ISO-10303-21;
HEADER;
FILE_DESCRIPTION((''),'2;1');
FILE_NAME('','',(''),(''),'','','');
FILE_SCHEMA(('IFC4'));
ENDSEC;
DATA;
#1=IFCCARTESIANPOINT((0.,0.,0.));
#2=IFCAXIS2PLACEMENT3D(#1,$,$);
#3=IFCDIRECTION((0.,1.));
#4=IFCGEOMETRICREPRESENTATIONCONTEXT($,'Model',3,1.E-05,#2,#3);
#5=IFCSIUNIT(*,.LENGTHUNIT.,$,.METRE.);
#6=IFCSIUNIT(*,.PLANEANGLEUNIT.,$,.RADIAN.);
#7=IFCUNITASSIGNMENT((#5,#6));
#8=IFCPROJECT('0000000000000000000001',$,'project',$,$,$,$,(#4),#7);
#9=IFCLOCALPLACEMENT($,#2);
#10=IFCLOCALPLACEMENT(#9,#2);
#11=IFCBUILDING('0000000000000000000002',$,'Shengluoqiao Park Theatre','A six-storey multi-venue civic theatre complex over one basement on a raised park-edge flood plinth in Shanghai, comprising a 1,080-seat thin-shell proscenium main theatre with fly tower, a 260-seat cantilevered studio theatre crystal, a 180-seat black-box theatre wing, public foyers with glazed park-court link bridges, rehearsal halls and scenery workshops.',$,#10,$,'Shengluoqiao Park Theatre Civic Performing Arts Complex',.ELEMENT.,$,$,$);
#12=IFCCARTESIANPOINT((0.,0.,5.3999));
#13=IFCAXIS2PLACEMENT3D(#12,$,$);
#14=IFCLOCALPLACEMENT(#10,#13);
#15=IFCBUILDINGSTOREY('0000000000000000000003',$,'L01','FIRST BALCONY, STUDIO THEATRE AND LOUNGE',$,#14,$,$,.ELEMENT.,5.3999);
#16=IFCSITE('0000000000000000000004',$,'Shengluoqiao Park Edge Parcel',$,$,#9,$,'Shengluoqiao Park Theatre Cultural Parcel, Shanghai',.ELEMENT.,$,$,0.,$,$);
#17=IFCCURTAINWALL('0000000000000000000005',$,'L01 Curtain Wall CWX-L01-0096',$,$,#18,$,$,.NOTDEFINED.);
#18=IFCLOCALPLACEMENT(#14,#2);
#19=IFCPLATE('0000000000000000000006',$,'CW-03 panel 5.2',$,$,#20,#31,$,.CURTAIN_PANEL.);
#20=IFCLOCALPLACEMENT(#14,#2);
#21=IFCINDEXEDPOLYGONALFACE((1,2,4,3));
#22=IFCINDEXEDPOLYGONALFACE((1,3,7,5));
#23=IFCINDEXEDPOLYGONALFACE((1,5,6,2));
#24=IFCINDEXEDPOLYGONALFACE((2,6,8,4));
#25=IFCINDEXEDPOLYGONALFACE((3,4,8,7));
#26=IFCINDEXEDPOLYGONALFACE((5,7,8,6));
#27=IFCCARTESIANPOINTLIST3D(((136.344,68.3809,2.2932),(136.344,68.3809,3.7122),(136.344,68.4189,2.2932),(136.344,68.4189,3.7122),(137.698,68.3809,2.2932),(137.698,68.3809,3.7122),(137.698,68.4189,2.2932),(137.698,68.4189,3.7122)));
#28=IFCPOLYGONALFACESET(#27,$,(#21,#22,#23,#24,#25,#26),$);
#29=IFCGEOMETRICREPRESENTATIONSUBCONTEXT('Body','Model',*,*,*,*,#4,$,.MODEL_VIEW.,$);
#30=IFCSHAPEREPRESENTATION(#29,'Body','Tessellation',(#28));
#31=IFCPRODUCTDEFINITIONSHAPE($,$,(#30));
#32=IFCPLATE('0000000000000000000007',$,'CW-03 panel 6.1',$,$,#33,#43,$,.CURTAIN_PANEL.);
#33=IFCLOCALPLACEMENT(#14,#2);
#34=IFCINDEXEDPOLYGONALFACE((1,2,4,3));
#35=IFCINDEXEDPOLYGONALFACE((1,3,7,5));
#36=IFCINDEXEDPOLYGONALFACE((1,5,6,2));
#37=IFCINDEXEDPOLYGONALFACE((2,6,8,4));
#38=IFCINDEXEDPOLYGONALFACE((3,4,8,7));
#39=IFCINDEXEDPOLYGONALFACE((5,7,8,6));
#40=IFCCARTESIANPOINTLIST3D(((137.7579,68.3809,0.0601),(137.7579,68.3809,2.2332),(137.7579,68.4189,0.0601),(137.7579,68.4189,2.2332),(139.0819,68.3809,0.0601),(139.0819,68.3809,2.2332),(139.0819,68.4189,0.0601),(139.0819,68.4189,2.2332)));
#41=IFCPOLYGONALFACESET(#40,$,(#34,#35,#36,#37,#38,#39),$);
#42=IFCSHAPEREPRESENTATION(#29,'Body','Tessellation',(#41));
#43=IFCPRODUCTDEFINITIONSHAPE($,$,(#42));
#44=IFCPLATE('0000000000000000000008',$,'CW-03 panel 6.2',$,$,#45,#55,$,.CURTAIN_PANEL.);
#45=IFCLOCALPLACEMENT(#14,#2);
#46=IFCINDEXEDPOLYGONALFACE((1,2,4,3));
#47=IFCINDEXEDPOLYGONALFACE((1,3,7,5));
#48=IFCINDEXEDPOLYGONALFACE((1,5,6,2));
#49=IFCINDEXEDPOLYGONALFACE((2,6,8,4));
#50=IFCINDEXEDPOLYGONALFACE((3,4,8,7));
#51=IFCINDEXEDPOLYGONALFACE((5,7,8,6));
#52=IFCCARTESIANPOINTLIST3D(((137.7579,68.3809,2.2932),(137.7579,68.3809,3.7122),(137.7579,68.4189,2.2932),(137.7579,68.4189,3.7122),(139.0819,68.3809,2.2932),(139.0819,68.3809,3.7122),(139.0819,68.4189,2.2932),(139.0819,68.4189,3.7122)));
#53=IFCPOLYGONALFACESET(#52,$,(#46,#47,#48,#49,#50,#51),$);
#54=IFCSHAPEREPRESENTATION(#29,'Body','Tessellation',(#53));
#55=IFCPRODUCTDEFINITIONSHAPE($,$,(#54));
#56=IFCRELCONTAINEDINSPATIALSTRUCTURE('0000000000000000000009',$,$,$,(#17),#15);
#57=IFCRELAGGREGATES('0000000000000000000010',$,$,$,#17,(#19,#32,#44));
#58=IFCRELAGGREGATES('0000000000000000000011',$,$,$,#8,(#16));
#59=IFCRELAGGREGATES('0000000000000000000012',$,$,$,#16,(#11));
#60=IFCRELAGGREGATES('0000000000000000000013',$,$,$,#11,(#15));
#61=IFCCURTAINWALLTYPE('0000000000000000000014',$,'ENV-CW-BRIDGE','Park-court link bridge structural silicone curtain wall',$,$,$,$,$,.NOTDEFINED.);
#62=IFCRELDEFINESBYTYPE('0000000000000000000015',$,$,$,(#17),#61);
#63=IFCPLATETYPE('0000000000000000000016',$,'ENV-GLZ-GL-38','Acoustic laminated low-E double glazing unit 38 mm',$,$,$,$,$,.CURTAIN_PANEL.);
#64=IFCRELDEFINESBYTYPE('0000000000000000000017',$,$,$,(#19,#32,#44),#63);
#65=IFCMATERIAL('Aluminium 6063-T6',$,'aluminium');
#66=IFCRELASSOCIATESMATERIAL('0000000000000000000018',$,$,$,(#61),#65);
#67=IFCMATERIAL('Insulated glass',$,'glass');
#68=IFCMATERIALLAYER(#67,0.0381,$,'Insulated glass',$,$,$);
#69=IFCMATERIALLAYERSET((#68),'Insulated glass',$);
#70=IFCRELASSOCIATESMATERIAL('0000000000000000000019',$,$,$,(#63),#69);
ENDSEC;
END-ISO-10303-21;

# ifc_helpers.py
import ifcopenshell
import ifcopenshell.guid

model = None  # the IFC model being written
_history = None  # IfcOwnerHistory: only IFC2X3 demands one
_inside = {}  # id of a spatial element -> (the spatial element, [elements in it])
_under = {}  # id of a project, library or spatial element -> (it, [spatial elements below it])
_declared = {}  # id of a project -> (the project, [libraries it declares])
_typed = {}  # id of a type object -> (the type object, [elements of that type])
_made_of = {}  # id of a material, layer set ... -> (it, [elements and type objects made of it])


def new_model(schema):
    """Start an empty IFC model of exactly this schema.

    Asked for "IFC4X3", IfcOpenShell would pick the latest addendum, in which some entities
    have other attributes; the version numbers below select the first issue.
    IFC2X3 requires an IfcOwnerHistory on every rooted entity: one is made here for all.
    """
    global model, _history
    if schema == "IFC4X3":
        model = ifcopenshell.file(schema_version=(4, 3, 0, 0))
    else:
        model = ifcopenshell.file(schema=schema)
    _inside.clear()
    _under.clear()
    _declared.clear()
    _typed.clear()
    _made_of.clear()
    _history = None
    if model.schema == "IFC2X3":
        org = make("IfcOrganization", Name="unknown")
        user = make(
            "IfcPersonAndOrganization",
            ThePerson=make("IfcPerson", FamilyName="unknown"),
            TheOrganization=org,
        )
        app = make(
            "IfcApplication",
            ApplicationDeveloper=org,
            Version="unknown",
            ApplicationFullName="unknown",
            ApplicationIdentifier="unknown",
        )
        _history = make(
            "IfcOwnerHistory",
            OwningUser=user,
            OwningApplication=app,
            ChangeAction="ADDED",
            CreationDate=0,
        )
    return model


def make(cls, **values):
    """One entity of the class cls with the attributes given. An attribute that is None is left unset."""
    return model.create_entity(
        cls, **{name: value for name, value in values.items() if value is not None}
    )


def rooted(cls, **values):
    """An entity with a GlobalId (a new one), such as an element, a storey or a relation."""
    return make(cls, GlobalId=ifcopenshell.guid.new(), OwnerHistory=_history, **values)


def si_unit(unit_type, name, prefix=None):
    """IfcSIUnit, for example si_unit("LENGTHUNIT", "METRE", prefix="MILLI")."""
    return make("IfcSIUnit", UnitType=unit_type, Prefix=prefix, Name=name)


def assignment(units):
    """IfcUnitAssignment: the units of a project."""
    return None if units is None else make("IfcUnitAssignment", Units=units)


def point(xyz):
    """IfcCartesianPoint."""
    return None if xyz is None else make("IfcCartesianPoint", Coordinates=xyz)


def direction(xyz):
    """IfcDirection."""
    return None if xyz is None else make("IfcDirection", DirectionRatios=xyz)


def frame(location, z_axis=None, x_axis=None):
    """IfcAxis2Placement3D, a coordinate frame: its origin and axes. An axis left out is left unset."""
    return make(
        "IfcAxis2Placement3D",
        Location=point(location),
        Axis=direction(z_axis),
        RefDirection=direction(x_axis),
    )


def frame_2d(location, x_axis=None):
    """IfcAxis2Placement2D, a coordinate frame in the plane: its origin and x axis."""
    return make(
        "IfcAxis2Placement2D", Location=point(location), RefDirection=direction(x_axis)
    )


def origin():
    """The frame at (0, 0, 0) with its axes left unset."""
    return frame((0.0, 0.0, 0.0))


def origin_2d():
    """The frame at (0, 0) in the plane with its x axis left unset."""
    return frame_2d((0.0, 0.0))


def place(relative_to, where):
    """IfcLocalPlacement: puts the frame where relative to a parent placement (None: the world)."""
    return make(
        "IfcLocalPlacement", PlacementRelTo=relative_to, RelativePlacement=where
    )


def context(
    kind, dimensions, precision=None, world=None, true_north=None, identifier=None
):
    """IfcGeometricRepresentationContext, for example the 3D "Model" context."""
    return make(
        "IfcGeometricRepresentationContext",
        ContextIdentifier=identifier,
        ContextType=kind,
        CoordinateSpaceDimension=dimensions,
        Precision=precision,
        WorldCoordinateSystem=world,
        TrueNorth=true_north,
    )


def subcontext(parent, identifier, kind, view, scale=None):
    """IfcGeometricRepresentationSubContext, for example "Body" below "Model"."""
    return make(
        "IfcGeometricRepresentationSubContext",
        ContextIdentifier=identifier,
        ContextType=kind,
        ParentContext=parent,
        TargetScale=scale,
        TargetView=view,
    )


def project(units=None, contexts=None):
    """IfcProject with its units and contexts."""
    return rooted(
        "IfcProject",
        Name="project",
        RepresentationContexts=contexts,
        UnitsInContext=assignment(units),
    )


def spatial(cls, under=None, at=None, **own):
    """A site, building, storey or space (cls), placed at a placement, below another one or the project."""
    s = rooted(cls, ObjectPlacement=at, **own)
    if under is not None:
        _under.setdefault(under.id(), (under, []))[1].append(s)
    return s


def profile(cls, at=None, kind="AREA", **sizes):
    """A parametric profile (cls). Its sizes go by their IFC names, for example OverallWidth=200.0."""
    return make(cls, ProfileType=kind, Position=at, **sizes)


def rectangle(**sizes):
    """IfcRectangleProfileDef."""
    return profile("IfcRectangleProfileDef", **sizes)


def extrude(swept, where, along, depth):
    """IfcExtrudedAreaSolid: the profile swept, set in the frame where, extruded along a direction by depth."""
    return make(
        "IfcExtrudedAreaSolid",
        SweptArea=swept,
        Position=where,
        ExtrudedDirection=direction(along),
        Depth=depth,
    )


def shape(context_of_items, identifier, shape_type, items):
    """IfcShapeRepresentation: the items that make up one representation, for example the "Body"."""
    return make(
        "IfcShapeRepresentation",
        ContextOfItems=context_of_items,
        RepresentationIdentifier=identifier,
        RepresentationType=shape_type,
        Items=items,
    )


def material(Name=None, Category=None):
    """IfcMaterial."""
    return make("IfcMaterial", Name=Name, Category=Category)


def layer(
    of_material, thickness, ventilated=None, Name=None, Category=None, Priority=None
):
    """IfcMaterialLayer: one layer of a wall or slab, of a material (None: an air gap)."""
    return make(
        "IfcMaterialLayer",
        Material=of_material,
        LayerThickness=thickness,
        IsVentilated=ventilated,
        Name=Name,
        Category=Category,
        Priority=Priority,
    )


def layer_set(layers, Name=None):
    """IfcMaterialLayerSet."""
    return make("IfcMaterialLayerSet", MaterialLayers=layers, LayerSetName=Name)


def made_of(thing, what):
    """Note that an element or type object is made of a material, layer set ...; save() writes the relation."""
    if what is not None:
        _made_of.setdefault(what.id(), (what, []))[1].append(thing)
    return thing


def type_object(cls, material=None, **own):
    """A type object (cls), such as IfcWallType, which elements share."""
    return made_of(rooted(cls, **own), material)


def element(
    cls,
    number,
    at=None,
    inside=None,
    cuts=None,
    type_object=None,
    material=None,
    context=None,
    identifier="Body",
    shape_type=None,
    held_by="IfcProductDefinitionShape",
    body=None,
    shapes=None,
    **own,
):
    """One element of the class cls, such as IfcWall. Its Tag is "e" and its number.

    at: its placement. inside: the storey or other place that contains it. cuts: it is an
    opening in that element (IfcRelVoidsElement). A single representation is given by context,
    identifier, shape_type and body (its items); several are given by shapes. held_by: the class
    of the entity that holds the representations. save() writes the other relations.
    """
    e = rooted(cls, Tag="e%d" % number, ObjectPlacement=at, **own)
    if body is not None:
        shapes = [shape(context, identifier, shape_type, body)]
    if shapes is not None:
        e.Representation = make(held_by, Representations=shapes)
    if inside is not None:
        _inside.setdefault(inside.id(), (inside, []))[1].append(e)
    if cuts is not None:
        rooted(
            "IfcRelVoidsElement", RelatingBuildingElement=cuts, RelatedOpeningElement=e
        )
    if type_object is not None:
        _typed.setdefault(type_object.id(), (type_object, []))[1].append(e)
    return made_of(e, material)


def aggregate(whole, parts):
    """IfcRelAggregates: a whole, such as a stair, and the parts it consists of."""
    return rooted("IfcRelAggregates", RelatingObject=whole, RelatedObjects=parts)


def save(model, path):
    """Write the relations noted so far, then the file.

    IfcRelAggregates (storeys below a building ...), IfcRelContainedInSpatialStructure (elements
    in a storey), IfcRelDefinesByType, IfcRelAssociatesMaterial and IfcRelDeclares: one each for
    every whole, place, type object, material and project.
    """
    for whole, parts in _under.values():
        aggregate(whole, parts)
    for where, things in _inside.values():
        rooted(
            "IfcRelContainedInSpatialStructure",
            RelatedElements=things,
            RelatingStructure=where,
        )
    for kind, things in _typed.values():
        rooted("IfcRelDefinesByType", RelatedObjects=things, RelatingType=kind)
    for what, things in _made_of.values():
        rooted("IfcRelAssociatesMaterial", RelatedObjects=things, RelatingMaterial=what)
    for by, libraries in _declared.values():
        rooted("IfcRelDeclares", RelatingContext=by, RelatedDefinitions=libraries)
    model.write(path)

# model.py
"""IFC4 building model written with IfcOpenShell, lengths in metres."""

from ifc_helpers import new_model, si_unit, direction, frame, origin, origin_2d, place, context, subcontext, project, spatial, rectangle, extrude, material, layer, layer_set, type_object, element, aggregate, save


model = new_model("IFC4")

# Units and contexts
model_context = context("Model", 3, precision=1e-05, world=origin(), true_north=direction((0.0, 1.0)))
body_context = subcontext(model_context, "Body", "Model", "MODEL_VIEW")
ifc_project = project(units=[si_unit("LENGTHUNIT", "METRE"), si_unit("PLANEANGLEUNIT", "RADIAN")], contexts=[model_context])

# Site, building, storey
site_placement = place(None, origin())
site = spatial("IfcSite", under=ifc_project, at=site_placement, Name="Shengluoqiao Park Edge Parcel", LongName="Shengluoqiao Park Theatre Cultural Parcel, Shanghai", CompositionType="ELEMENT", RefElevation=0.0)
building_placement = place(site_placement, origin())
building = spatial("IfcBuilding", under=site, at=building_placement, Name="Shengluoqiao Park Theatre", Description="A six-storey multi-venue civic theatre complex over one basement on a raised park-edge flood plinth in Shanghai, comprising a 1,080-seat thin-shell proscenium main theatre with fly tower, a 260-seat cantilevered studio theatre crystal, a 180-seat black-box theatre wing, public foyers with glazed park-court link bridges, rehearsal halls and scenery workshops.", LongName="Shengluoqiao Park Theatre Civic Performing Arts Complex", CompositionType="ELEMENT")
storey_placement = place(building_placement, frame((0.0, 0.0, 5.3999)))
storey = spatial("IfcBuildingStorey", under=building, at=storey_placement, Name="L01", Description="FIRST BALCONY, STUDIO THEATRE AND LOUNGE", CompositionType="ELEMENT", Elevation=5.3999)

# Curtain wall
ifc_material_1 = material(Name="Aluminium 6063-T6", Category="aluminium")
curtain_wall_type = type_object("IfcCurtainWallType", Name="ENV-CW-BRIDGE", Description="Park-court link bridge structural silicone curtain wall", PredefinedType="NOTDEFINED", material=ifc_material_1)
curtain_wall_placement = place(storey_placement, origin())
curtain_wall = element("IfcCurtainWall", 1, at=curtain_wall_placement, inside=storey, type_object=curtain_wall_type, Name="L01 Curtain Wall CWX-L01-0096", PredefinedType="NOTDEFINED")

# Plates
ifc_material_2 = material(Name="Insulated glass", Category="glass")
ifc_layer = layer(ifc_material_2, 0.0381, Name="Insulated glass")
ifc_layer_set = layer_set([ifc_layer], Name="Insulated glass")
plate_type = type_object("IfcPlateType", Name="ENV-GLZ-GL-38", Description="Acoustic laminated low-E double glazing unit 38 mm", PredefinedType="CURTAIN_PANEL", material=ifc_layer_set)
plate_1_placement = place(storey_placement, frame((137.021, 68.3999, 2.2932), z_axis=(0.0, 0.0, 1.0), x_axis=(1.0, 0.0, 0.0)))
plate_1 = element("IfcPlate", 2, at=plate_1_placement, type_object=plate_type, Name="CW-03 panel 5.2", PredefinedType="CURTAIN_PANEL", context=body_context, shape_type="SweptSolid", body=[
    extrude(rectangle(XDim=1.354, YDim=0.0381, at=origin_2d()), origin(), (0.0, 0.0, 1.0), 1.4189),
])
plate_2_placement = place(storey_placement, frame((138.4199, 68.3999, 0.0601), z_axis=(0.0, 0.0, 1.0), x_axis=(1.0, 0.0, 0.0)))
plate_2 = element("IfcPlate", 3, at=plate_2_placement, type_object=plate_type, Name="CW-03 panel 6.1", PredefinedType="CURTAIN_PANEL", context=body_context, shape_type="SweptSolid", body=[
    extrude(rectangle(XDim=1.324, YDim=0.0381, at=origin_2d()), origin(), (0.0, 0.0, 1.0), 2.1731),
])
plate_3_placement = place(storey_placement, frame((138.4199, 68.3999, 2.2932), z_axis=(0.0, 0.0, 1.0), x_axis=(1.0, 0.0, 0.0)))
plate_3 = element("IfcPlate", 4, at=plate_3_placement, type_object=plate_type, Name="CW-03 panel 6.2", PredefinedType="CURTAIN_PANEL", context=body_context, shape_type="SweptSolid", body=[
    extrude(rectangle(XDim=1.324, YDim=0.0381, at=origin_2d()), origin(), (0.0, 0.0, 1.0), 1.4189),
])
aggregate(curtain_wall, [plate_1, plate_2, plate_3])

save(model, "model.ifc")
